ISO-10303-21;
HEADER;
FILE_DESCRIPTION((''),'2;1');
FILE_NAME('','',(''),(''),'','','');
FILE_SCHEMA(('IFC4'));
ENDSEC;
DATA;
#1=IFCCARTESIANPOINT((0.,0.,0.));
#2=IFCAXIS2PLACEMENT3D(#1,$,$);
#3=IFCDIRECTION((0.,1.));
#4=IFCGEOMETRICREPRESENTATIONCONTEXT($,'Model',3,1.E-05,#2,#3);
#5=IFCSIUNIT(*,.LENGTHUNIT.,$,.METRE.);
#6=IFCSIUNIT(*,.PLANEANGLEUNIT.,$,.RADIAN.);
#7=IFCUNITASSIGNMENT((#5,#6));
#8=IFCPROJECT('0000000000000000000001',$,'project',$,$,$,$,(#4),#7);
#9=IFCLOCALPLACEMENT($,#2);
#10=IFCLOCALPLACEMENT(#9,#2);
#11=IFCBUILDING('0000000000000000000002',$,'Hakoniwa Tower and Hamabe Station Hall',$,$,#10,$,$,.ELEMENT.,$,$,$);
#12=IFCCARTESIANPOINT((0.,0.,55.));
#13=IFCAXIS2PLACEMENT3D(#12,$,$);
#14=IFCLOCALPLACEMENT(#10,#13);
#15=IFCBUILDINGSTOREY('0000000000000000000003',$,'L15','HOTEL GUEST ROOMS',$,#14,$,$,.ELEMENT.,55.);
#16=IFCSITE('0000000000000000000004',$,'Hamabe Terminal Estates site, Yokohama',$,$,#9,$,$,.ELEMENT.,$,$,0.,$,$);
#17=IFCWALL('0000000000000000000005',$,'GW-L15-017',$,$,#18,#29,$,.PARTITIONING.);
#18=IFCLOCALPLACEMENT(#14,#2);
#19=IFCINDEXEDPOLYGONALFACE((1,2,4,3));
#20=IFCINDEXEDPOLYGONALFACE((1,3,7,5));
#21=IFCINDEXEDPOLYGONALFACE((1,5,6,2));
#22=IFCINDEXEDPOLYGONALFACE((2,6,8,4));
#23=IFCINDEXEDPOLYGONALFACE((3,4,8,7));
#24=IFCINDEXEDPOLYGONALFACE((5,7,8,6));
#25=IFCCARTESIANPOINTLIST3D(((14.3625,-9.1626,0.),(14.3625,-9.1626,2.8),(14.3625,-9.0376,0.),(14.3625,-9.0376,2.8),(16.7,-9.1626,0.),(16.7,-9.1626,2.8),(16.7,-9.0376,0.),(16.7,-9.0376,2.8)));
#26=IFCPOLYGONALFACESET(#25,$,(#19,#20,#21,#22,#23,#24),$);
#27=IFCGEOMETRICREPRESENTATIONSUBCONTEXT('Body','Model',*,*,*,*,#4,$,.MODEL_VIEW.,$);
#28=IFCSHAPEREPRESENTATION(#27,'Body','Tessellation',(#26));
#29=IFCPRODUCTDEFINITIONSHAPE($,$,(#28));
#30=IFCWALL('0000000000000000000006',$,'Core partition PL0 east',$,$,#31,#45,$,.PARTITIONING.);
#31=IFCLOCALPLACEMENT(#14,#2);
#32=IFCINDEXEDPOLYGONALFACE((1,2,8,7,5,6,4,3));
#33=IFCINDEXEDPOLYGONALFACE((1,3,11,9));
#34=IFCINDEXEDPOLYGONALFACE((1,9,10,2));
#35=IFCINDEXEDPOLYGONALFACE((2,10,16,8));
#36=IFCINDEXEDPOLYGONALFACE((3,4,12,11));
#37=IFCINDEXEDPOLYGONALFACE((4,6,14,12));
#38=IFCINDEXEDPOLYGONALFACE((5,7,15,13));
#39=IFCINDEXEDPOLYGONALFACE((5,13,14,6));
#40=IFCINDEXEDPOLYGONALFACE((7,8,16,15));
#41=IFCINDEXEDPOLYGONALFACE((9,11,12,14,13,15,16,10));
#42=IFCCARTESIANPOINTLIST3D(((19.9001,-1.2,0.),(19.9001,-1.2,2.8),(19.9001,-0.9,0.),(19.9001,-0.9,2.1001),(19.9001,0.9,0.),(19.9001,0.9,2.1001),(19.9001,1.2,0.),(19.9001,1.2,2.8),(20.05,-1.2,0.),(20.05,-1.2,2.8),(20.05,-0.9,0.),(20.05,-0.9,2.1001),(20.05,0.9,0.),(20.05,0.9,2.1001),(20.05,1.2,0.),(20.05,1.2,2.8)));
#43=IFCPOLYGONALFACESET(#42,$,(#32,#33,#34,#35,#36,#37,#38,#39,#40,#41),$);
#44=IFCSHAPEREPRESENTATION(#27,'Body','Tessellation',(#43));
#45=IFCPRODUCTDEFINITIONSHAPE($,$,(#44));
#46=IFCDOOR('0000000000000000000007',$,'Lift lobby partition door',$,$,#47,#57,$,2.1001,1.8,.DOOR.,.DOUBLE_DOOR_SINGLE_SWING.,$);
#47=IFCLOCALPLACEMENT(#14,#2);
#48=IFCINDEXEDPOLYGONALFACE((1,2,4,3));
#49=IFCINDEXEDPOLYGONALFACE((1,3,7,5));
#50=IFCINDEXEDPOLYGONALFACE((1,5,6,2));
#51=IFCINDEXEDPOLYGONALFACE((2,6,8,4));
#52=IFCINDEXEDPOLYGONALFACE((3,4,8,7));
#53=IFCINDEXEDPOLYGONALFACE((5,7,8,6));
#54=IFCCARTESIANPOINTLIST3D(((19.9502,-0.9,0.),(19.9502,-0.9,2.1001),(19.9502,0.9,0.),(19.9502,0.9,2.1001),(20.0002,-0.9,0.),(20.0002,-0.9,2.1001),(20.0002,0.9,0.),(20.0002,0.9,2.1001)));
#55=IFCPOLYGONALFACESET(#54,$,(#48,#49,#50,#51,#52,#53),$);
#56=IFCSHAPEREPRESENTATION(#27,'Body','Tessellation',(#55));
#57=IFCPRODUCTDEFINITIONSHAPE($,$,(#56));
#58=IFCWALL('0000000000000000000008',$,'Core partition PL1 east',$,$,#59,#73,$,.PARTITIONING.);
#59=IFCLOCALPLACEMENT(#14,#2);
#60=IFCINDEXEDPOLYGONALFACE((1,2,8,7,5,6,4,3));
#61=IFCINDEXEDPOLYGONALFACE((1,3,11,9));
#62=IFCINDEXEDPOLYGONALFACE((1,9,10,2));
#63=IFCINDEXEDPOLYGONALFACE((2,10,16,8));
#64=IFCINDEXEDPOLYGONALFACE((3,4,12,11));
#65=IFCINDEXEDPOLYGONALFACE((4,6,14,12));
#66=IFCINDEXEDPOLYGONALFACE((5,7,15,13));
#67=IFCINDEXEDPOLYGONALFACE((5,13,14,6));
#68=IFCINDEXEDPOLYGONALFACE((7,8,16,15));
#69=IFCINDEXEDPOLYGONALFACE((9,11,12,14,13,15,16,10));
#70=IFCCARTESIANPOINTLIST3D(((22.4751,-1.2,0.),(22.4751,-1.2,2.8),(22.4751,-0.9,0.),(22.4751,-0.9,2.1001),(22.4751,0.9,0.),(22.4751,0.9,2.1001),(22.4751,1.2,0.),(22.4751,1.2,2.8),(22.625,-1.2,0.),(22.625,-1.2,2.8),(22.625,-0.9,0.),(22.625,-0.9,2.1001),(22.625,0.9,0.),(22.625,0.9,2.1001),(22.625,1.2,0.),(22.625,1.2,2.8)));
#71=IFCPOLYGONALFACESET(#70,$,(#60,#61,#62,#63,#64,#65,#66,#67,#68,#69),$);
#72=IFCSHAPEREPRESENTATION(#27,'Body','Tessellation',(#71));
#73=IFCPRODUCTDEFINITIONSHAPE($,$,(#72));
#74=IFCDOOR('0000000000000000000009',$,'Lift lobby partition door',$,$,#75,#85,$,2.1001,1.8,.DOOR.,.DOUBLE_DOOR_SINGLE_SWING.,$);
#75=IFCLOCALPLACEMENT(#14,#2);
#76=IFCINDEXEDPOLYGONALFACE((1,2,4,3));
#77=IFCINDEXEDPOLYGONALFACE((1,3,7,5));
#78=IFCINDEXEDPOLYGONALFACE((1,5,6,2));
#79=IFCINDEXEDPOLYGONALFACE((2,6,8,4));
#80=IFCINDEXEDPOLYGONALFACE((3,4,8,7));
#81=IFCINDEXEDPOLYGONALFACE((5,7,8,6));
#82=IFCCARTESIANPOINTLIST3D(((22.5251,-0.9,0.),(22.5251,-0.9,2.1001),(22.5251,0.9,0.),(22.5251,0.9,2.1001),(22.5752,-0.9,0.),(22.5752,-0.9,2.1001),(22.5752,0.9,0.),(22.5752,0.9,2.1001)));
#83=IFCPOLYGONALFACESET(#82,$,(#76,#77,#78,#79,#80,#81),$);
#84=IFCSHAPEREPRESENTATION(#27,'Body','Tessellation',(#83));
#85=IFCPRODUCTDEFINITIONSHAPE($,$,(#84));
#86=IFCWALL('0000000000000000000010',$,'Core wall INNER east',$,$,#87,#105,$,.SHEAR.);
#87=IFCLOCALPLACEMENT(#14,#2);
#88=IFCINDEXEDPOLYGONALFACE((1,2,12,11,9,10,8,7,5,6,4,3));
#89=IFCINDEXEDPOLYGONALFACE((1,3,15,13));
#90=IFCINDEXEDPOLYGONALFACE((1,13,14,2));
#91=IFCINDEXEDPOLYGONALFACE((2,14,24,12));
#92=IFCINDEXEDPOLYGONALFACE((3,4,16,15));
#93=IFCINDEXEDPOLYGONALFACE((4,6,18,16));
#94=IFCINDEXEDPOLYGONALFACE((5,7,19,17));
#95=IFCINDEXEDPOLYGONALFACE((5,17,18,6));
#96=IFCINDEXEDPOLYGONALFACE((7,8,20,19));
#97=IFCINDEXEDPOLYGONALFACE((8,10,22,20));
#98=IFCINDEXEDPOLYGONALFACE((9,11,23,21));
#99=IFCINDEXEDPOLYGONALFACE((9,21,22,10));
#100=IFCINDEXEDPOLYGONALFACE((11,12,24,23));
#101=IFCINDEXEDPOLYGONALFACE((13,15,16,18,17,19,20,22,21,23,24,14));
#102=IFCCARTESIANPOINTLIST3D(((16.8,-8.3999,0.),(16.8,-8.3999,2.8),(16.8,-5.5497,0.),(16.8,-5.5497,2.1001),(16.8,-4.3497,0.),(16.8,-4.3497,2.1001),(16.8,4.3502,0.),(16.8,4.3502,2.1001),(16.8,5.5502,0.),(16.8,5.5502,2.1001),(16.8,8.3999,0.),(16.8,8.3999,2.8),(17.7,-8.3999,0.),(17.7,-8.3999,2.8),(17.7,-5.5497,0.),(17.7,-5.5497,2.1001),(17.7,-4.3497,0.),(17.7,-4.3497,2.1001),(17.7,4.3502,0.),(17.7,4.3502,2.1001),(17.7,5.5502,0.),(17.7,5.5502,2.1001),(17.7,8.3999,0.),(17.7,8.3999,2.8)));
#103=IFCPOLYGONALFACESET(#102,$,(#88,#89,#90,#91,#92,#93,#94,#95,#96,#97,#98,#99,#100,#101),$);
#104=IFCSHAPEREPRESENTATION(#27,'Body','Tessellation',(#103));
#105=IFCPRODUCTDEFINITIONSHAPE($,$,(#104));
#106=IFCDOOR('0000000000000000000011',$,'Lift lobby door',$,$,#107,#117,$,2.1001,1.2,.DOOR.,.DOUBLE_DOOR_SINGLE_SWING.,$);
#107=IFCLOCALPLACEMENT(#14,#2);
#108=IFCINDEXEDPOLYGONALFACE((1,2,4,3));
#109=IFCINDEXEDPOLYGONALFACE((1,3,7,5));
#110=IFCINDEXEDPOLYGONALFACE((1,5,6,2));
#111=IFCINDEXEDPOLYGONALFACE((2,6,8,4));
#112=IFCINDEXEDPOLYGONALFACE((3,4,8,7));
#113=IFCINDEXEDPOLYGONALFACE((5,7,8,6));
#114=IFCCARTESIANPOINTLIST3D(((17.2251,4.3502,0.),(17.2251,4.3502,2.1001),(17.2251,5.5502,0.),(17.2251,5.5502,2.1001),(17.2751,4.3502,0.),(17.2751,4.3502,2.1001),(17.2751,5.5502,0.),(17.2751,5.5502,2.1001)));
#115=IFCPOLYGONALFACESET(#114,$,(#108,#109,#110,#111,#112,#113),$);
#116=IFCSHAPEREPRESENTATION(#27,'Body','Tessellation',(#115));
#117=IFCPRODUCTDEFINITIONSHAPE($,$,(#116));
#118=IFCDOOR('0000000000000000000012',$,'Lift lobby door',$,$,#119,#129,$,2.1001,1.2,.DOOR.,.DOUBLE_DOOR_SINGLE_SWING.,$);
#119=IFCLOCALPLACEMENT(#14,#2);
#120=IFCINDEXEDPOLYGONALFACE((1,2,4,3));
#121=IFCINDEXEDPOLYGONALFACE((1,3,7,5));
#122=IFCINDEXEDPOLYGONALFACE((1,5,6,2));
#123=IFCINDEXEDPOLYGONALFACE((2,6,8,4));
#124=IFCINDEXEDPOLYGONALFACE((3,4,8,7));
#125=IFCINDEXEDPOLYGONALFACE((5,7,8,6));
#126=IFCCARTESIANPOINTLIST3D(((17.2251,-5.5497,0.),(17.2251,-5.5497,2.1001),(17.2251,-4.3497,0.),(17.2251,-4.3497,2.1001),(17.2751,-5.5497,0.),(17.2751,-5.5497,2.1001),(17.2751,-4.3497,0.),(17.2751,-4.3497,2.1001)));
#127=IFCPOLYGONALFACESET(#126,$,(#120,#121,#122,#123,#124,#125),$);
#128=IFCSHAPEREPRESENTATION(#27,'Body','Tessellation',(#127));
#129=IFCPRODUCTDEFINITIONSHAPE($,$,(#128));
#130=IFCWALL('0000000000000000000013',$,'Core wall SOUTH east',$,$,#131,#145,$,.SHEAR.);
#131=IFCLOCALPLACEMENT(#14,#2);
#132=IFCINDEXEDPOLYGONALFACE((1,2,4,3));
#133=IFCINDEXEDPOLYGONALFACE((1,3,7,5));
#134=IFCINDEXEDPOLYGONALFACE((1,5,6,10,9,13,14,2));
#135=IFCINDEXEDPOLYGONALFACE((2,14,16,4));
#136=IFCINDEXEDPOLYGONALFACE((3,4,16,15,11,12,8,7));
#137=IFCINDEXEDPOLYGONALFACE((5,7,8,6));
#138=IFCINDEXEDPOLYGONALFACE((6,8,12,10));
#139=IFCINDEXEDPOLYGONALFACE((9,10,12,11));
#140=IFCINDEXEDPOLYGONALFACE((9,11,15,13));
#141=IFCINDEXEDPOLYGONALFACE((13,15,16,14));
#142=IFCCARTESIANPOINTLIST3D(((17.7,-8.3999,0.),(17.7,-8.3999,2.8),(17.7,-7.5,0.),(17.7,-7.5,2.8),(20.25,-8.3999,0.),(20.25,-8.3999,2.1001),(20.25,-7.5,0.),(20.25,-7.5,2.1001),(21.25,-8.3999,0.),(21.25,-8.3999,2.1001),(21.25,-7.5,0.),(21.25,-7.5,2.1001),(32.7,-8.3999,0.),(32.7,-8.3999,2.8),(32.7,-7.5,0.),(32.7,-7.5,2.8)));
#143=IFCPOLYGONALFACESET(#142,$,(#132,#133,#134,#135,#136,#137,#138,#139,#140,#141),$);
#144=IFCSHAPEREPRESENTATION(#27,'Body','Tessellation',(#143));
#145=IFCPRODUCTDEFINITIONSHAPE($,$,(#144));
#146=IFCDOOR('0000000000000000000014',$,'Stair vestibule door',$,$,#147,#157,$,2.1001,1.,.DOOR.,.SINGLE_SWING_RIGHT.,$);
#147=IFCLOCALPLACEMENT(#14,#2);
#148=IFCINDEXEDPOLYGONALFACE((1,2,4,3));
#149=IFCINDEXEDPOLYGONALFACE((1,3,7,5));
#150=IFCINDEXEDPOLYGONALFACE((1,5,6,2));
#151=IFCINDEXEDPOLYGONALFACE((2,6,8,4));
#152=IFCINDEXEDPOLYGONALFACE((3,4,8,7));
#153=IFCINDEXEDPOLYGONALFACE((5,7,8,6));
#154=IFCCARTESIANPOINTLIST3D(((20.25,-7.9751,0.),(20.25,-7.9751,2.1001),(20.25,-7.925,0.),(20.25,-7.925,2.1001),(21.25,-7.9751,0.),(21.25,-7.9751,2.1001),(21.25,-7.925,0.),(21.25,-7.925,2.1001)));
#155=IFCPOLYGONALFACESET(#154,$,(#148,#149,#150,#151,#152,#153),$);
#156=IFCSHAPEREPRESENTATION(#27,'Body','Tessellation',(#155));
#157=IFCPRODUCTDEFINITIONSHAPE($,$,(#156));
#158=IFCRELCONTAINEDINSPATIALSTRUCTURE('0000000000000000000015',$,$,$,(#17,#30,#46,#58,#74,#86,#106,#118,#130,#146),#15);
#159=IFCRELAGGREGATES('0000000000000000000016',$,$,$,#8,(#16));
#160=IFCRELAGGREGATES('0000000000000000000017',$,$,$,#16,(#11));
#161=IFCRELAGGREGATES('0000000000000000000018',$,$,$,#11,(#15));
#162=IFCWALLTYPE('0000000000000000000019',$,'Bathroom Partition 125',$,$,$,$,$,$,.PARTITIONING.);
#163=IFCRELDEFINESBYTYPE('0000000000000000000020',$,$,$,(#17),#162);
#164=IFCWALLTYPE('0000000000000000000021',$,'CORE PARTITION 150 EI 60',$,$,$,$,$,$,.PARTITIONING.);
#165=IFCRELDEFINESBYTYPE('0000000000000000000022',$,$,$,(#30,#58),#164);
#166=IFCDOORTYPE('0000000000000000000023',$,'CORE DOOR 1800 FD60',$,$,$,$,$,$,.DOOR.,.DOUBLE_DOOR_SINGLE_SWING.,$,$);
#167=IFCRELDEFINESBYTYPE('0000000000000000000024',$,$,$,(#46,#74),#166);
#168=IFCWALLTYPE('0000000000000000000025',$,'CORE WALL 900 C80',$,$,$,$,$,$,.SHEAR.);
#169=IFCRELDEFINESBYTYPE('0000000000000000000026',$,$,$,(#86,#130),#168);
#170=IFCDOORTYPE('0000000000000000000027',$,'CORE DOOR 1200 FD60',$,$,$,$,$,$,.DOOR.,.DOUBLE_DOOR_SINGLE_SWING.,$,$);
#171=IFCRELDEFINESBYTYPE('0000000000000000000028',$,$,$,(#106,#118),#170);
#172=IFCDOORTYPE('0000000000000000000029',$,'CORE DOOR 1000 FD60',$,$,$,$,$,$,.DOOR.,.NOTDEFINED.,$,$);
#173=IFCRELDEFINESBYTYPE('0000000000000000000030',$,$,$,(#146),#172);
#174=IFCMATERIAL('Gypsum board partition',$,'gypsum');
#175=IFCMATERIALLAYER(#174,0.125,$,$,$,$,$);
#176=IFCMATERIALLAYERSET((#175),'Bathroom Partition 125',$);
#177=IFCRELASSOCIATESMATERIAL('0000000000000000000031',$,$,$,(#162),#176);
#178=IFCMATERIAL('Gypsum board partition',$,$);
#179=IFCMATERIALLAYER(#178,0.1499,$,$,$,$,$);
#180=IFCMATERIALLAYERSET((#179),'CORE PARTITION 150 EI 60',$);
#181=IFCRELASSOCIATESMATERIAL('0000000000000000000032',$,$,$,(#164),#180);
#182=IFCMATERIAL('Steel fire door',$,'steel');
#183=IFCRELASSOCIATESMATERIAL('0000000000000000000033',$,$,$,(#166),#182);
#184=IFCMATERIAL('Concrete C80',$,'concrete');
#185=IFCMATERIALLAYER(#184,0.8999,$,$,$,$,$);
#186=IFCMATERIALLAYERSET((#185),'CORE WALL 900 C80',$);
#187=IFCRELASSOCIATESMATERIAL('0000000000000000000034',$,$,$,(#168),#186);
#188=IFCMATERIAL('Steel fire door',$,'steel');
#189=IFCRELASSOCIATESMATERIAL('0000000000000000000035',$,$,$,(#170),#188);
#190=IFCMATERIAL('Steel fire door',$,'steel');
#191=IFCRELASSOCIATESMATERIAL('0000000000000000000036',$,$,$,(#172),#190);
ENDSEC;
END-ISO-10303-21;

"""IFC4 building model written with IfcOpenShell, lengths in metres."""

from ifc_helpers import new_model, si_unit, direction, frame, frame_2d, origin, place, context, subcontext, project, spatial, rectangle, extrude, material, layer, layer_set, type_object, element, fill, save


model = new_model("IFC4")

# Units and contexts
model_context = context("Model", 3, precision=1e-05, world=origin(), true_north=direction((0.0, 1.0)))
body_context = subcontext(model_context, "Body", "Model", "MODEL_VIEW")
ifc_project = project(units=[si_unit("LENGTHUNIT", "METRE"), si_unit("PLANEANGLEUNIT", "RADIAN")], contexts=[model_context])

# Site, building, storey
site_placement = place(None, origin())
site = spatial("IfcSite", under=ifc_project, at=site_placement, Name="Hamabe Terminal Estates site, Yokohama", CompositionType="ELEMENT", RefElevation=0.0)
building_placement = place(site_placement, origin())
building = spatial("IfcBuilding", under=site, at=building_placement, Name="Hakoniwa Tower and Hamabe Station Hall", CompositionType="ELEMENT")
storey_placement = place(building_placement, frame((0.0, 0.0, 55.0)))
storey = spatial("IfcBuildingStorey", under=building, at=storey_placement, Name="L15", Description="HOTEL GUEST ROOMS", CompositionType="ELEMENT", Elevation=55.0)

# Wall
ifc_material_1 = material(Name="Gypsum board partition", Category="gypsum")
ifc_layer_1 = layer(ifc_material_1, 0.125)
ifc_layer_set_1 = layer_set([ifc_layer_1], Name="Bathroom Partition 125")
wall_type_1 = type_object("IfcWallType", Name="Bathroom Partition 125", PredefinedType="PARTITIONING", material=ifc_layer_set_1)
wall_1_placement = place(storey_placement, frame((14.3625, -9.1001, 0.0), z_axis=(0.0, 0.0, 1.0), x_axis=(1.0, 0.0, 0.0)))
element("IfcWall", 1, at=wall_1_placement, inside=storey, type_object=wall_type_1, Name="GW-L15-017", PredefinedType="PARTITIONING", context=body_context, shape_type="SweptSolid", body=[
    extrude(rectangle(XDim=2.3374, YDim=0.125, at=frame_2d((1.1687, 0.0))), origin(), (0.0, 0.0, 1.0), 2.8),
])

# Walls, openings, doors
ifc_material_2 = material(Name="Gypsum board partition")
ifc_layer_2 = layer(ifc_material_2, 0.1499)
ifc_layer_set_2 = layer_set([ifc_layer_2], Name="CORE PARTITION 150 EI 60")
wall_type_2 = type_object("IfcWallType", Name="CORE PARTITION 150 EI 60", PredefinedType="PARTITIONING", material=ifc_layer_set_2)
wall_2_placement = place(storey_placement, frame((19.9751, -1.2, 0.0), z_axis=(0.0, 0.0, 1.0), x_axis=(0.0, 1.0, 0.0)))
wall_2 = element("IfcWall", 2, at=wall_2_placement, inside=storey, type_object=wall_type_2, Name="Core partition PL0 east", PredefinedType="PARTITIONING", context=body_context, shape_type="SweptSolid", body=[
    extrude(rectangle(XDim=2.3999, YDim=0.1499, at=frame_2d((1.2, 0.0))), origin(), (0.0, 0.0, 1.0), 2.8),
])
opening_1_placement = place(wall_2_placement, frame((0.3, 0.0, 0.0)))
opening_1 = element("IfcOpeningElement", 3, at=opening_1_placement, cuts=wall_2, PredefinedType="OPENING", context=body_context, shape_type="SweptSolid", body=[
    extrude(rectangle(XDim=1.8, YDim=2.1001, at=frame_2d((0.8999, 1.05))), frame((0.0, 0.085, 0.0), z_axis=(0.0, -1.0, 0.0), x_axis=(1.0, 0.0, 0.0)), (0.0, 0.0, 1.0), 0.1699),
])
ifc_material_3 = material(Name="Steel fire door", Category="steel")
door_type_1 = type_object("IfcDoorType", Name="CORE DOOR 1800 FD60", OperationType="DOUBLE_DOOR_SINGLE_SWING", PredefinedType="DOOR", material=ifc_material_3)
door_1_placement = place(opening_1_placement, origin())
door_1 = element("IfcDoor", 4, at=door_1_placement, inside=storey, type_object=door_type_1, Name="Lift lobby partition door", OperationType="DOUBLE_DOOR_SINGLE_SWING", OverallHeight=2.1001, OverallWidth=1.8, PredefinedType="DOOR", context=body_context, shape_type="SweptSolid", body=[
    extrude(rectangle(XDim=1.8, YDim=2.1001, at=frame_2d((0.8999, 1.05))), frame((0.0, 0.0249, 0.0), z_axis=(0.0, -1.0, 0.0), x_axis=(1.0, 0.0, 0.0)), (0.0, 0.0, 1.0), 0.05),
])
fill(opening_1, door_1)
wall_3_placement = place(storey_placement, frame((22.55, -1.2, 0.0), z_axis=(0.0, 0.0, 1.0), x_axis=(0.0, 1.0, 0.0)))
wall_3 = element("IfcWall", 5, at=wall_3_placement, inside=storey, type_object=wall_type_2, Name="Core partition PL1 east", PredefinedType="PARTITIONING", context=body_context, shape_type="SweptSolid", body=[
    extrude(rectangle(XDim=2.3999, YDim=0.1499, at=frame_2d((1.2, 0.0))), origin(), (0.0, 0.0, 1.0), 2.8),
])
opening_2_placement = place(wall_3_placement, frame((0.3, 0.0, 0.0)))
opening_2 = element("IfcOpeningElement", 6, at=opening_2_placement, cuts=wall_3, PredefinedType="OPENING", context=body_context, shape_type="SweptSolid", body=[
    extrude(rectangle(XDim=1.8, YDim=2.1001, at=frame_2d((0.8999, 1.05))), frame((0.0, 0.085, 0.0), z_axis=(0.0, -1.0, 0.0), x_axis=(1.0, 0.0, 0.0)), (0.0, 0.0, 1.0), 0.1699),
])
door_2_placement = place(opening_2_placement, origin())
door_2 = element("IfcDoor", 7, at=door_2_placement, inside=storey, type_object=door_type_1, Name="Lift lobby partition door", OperationType="DOUBLE_DOOR_SINGLE_SWING", OverallHeight=2.1001, OverallWidth=1.8, PredefinedType="DOOR", context=body_context, shape_type="SweptSolid", body=[
    extrude(rectangle(XDim=1.8, YDim=2.1001, at=frame_2d((0.8999, 1.05))), frame((0.0, 0.0249, 0.0), z_axis=(0.0, -1.0, 0.0), x_axis=(1.0, 0.0, 0.0)), (0.0, 0.0, 1.0), 0.05),
])
fill(opening_2, door_2)

# Wall, openings, doors
ifc_material_4 = material(Name="Concrete C80", Category="concrete")
ifc_layer_3 = layer(ifc_material_4, 0.8999)
ifc_layer_set_3 = layer_set([ifc_layer_3], Name="CORE WALL 900 C80")
wall_type_3 = type_object("IfcWallType", Name="CORE WALL 900 C80", PredefinedType="SHEAR", material=ifc_layer_set_3)
wall_4_placement = place(storey_placement, frame((17.25, -8.3999, 0.0), z_axis=(0.0, 0.0, 1.0), x_axis=(0.0, 1.0, 0.0)))
wall_4 = element("IfcWall", 8, at=wall_4_placement, inside=storey, type_object=wall_type_3, Name="Core wall INNER east", PredefinedType="SHEAR", context=body_context, shape_type="SweptSolid", body=[
    extrude(rectangle(XDim=16.7998, YDim=0.8999, at=frame_2d((8.3999, 0.0))), origin(), (0.0, 0.0, 1.0), 2.8),
])
opening_3_placement = place(wall_4_placement, frame((12.75, 0.0, 0.0)))
opening_3 = element("IfcOpeningElement", 9, at=opening_3_placement, cuts=wall_4, PredefinedType="OPENING", context=body_context, shape_type="SweptSolid", body=[
    extrude(rectangle(XDim=1.2, YDim=2.1001, at=frame_2d((0.6001, 1.05))), frame((0.0, 0.46, 0.0), z_axis=(0.0, -1.0, 0.0), x_axis=(1.0, 0.0, 0.0)), (0.0, 0.0, 1.0), 0.9199),
])
opening_4_placement = place(wall_4_placement, frame((2.8501, 0.0, 0.0)))
opening_4 = element("IfcOpeningElement", 10, at=opening_4_placement, cuts=wall_4, PredefinedType="OPENING", context=body_context, shape_type="SweptSolid", body=[
    extrude(rectangle(XDim=1.2, YDim=2.1001, at=frame_2d((0.6001, 1.05))), frame((0.0, 0.46, 0.0), z_axis=(0.0, -1.0, 0.0), x_axis=(1.0, 0.0, 0.0)), (0.0, 0.0, 1.0), 0.9199),
])
ifc_material_5 = material(Name="Steel fire door", Category="steel")
door_type_2 = type_object("IfcDoorType", Name="CORE DOOR 1200 FD60", OperationType="DOUBLE_DOOR_SINGLE_SWING", PredefinedType="DOOR", material=ifc_material_5)
door_3_placement = place(opening_3_placement, origin())
door_3 = element("IfcDoor", 11, at=door_3_placement, inside=storey, type_object=door_type_2, Name="Lift lobby door", OperationType="DOUBLE_DOOR_SINGLE_SWING", OverallHeight=2.1001, OverallWidth=1.2, PredefinedType="DOOR", context=body_context, shape_type="SweptSolid", body=[
    extrude(rectangle(XDim=1.2, YDim=2.1001, at=frame_2d((0.6001, 1.05))), frame((0.0, 0.0249, 0.0), z_axis=(0.0, -1.0, 0.0), x_axis=(1.0, 0.0, 0.0)), (0.0, 0.0, 1.0), 0.05),
])
fill(opening_3, door_3)
door_4_placement = place(opening_4_placement, origin())
door_4 = element("IfcDoor", 12, at=door_4_placement, inside=storey, type_object=door_type_2, Name="Lift lobby door", OperationType="DOUBLE_DOOR_SINGLE_SWING", OverallHeight=2.1001, OverallWidth=1.2, PredefinedType="DOOR", context=body_context, shape_type="SweptSolid", body=[
    extrude(rectangle(XDim=1.2, YDim=2.1001, at=frame_2d((0.6001, 1.05))), frame((0.0, 0.0249, 0.0), z_axis=(0.0, -1.0, 0.0), x_axis=(1.0, 0.0, 0.0)), (0.0, 0.0, 1.0), 0.05),
])
fill(opening_4, door_4)

# Wall, opening, door
wall_5_placement = place(storey_placement, frame((17.7, -7.95, 0.0), z_axis=(0.0, 0.0, 1.0), x_axis=(1.0, 0.0, 0.0)))
wall_5 = element("IfcWall", 13, at=wall_5_placement, inside=storey, type_object=wall_type_3, Name="Core wall SOUTH east", PredefinedType="SHEAR", context=body_context, shape_type="SweptSolid", body=[
    extrude(rectangle(XDim=15.0, YDim=0.8999, at=frame_2d((7.5, 0.0))), origin(), (0.0, 0.0, 1.0), 2.8),
])
opening_5_placement = place(wall_5_placement, frame((2.55, 0.0, 0.0)))
opening_5 = element("IfcOpeningElement", 14, at=opening_5_placement, cuts=wall_5, PredefinedType="OPENING", context=body_context, shape_type="SweptSolid", body=[
    extrude(rectangle(XDim=1.0, YDim=2.1001, at=frame_2d((0.5, 1.05))), frame((0.0, 0.46, 0.0), z_axis=(0.0, -1.0, 0.0), x_axis=(1.0, 0.0, 0.0)), (0.0, 0.0, 1.0), 0.9199),
])
ifc_material_6 = material(Name="Steel fire door", Category="steel")
door_type_3 = type_object("IfcDoorType", Name="CORE DOOR 1000 FD60", OperationType="NOTDEFINED", PredefinedType="DOOR", material=ifc_material_6)
door_5_placement = place(opening_5_placement, origin())
door_5 = element("IfcDoor", 15, at=door_5_placement, inside=storey, type_object=door_type_3, Name="Stair vestibule door", OperationType="SINGLE_SWING_RIGHT", OverallHeight=2.1001, OverallWidth=1.0, PredefinedType="DOOR", context=body_context, shape_type="SweptSolid", body=[
    extrude(rectangle(XDim=1.0, YDim=2.1001, at=frame_2d((0.5, 1.05))), frame((0.0, 0.0249, 0.0), z_axis=(0.0, -1.0, 0.0), x_axis=(1.0, 0.0, 0.0)), (0.0, 0.0, 1.0), 0.05),
])
fill(opening_5, door_5)

save(model, "model.ifc")
